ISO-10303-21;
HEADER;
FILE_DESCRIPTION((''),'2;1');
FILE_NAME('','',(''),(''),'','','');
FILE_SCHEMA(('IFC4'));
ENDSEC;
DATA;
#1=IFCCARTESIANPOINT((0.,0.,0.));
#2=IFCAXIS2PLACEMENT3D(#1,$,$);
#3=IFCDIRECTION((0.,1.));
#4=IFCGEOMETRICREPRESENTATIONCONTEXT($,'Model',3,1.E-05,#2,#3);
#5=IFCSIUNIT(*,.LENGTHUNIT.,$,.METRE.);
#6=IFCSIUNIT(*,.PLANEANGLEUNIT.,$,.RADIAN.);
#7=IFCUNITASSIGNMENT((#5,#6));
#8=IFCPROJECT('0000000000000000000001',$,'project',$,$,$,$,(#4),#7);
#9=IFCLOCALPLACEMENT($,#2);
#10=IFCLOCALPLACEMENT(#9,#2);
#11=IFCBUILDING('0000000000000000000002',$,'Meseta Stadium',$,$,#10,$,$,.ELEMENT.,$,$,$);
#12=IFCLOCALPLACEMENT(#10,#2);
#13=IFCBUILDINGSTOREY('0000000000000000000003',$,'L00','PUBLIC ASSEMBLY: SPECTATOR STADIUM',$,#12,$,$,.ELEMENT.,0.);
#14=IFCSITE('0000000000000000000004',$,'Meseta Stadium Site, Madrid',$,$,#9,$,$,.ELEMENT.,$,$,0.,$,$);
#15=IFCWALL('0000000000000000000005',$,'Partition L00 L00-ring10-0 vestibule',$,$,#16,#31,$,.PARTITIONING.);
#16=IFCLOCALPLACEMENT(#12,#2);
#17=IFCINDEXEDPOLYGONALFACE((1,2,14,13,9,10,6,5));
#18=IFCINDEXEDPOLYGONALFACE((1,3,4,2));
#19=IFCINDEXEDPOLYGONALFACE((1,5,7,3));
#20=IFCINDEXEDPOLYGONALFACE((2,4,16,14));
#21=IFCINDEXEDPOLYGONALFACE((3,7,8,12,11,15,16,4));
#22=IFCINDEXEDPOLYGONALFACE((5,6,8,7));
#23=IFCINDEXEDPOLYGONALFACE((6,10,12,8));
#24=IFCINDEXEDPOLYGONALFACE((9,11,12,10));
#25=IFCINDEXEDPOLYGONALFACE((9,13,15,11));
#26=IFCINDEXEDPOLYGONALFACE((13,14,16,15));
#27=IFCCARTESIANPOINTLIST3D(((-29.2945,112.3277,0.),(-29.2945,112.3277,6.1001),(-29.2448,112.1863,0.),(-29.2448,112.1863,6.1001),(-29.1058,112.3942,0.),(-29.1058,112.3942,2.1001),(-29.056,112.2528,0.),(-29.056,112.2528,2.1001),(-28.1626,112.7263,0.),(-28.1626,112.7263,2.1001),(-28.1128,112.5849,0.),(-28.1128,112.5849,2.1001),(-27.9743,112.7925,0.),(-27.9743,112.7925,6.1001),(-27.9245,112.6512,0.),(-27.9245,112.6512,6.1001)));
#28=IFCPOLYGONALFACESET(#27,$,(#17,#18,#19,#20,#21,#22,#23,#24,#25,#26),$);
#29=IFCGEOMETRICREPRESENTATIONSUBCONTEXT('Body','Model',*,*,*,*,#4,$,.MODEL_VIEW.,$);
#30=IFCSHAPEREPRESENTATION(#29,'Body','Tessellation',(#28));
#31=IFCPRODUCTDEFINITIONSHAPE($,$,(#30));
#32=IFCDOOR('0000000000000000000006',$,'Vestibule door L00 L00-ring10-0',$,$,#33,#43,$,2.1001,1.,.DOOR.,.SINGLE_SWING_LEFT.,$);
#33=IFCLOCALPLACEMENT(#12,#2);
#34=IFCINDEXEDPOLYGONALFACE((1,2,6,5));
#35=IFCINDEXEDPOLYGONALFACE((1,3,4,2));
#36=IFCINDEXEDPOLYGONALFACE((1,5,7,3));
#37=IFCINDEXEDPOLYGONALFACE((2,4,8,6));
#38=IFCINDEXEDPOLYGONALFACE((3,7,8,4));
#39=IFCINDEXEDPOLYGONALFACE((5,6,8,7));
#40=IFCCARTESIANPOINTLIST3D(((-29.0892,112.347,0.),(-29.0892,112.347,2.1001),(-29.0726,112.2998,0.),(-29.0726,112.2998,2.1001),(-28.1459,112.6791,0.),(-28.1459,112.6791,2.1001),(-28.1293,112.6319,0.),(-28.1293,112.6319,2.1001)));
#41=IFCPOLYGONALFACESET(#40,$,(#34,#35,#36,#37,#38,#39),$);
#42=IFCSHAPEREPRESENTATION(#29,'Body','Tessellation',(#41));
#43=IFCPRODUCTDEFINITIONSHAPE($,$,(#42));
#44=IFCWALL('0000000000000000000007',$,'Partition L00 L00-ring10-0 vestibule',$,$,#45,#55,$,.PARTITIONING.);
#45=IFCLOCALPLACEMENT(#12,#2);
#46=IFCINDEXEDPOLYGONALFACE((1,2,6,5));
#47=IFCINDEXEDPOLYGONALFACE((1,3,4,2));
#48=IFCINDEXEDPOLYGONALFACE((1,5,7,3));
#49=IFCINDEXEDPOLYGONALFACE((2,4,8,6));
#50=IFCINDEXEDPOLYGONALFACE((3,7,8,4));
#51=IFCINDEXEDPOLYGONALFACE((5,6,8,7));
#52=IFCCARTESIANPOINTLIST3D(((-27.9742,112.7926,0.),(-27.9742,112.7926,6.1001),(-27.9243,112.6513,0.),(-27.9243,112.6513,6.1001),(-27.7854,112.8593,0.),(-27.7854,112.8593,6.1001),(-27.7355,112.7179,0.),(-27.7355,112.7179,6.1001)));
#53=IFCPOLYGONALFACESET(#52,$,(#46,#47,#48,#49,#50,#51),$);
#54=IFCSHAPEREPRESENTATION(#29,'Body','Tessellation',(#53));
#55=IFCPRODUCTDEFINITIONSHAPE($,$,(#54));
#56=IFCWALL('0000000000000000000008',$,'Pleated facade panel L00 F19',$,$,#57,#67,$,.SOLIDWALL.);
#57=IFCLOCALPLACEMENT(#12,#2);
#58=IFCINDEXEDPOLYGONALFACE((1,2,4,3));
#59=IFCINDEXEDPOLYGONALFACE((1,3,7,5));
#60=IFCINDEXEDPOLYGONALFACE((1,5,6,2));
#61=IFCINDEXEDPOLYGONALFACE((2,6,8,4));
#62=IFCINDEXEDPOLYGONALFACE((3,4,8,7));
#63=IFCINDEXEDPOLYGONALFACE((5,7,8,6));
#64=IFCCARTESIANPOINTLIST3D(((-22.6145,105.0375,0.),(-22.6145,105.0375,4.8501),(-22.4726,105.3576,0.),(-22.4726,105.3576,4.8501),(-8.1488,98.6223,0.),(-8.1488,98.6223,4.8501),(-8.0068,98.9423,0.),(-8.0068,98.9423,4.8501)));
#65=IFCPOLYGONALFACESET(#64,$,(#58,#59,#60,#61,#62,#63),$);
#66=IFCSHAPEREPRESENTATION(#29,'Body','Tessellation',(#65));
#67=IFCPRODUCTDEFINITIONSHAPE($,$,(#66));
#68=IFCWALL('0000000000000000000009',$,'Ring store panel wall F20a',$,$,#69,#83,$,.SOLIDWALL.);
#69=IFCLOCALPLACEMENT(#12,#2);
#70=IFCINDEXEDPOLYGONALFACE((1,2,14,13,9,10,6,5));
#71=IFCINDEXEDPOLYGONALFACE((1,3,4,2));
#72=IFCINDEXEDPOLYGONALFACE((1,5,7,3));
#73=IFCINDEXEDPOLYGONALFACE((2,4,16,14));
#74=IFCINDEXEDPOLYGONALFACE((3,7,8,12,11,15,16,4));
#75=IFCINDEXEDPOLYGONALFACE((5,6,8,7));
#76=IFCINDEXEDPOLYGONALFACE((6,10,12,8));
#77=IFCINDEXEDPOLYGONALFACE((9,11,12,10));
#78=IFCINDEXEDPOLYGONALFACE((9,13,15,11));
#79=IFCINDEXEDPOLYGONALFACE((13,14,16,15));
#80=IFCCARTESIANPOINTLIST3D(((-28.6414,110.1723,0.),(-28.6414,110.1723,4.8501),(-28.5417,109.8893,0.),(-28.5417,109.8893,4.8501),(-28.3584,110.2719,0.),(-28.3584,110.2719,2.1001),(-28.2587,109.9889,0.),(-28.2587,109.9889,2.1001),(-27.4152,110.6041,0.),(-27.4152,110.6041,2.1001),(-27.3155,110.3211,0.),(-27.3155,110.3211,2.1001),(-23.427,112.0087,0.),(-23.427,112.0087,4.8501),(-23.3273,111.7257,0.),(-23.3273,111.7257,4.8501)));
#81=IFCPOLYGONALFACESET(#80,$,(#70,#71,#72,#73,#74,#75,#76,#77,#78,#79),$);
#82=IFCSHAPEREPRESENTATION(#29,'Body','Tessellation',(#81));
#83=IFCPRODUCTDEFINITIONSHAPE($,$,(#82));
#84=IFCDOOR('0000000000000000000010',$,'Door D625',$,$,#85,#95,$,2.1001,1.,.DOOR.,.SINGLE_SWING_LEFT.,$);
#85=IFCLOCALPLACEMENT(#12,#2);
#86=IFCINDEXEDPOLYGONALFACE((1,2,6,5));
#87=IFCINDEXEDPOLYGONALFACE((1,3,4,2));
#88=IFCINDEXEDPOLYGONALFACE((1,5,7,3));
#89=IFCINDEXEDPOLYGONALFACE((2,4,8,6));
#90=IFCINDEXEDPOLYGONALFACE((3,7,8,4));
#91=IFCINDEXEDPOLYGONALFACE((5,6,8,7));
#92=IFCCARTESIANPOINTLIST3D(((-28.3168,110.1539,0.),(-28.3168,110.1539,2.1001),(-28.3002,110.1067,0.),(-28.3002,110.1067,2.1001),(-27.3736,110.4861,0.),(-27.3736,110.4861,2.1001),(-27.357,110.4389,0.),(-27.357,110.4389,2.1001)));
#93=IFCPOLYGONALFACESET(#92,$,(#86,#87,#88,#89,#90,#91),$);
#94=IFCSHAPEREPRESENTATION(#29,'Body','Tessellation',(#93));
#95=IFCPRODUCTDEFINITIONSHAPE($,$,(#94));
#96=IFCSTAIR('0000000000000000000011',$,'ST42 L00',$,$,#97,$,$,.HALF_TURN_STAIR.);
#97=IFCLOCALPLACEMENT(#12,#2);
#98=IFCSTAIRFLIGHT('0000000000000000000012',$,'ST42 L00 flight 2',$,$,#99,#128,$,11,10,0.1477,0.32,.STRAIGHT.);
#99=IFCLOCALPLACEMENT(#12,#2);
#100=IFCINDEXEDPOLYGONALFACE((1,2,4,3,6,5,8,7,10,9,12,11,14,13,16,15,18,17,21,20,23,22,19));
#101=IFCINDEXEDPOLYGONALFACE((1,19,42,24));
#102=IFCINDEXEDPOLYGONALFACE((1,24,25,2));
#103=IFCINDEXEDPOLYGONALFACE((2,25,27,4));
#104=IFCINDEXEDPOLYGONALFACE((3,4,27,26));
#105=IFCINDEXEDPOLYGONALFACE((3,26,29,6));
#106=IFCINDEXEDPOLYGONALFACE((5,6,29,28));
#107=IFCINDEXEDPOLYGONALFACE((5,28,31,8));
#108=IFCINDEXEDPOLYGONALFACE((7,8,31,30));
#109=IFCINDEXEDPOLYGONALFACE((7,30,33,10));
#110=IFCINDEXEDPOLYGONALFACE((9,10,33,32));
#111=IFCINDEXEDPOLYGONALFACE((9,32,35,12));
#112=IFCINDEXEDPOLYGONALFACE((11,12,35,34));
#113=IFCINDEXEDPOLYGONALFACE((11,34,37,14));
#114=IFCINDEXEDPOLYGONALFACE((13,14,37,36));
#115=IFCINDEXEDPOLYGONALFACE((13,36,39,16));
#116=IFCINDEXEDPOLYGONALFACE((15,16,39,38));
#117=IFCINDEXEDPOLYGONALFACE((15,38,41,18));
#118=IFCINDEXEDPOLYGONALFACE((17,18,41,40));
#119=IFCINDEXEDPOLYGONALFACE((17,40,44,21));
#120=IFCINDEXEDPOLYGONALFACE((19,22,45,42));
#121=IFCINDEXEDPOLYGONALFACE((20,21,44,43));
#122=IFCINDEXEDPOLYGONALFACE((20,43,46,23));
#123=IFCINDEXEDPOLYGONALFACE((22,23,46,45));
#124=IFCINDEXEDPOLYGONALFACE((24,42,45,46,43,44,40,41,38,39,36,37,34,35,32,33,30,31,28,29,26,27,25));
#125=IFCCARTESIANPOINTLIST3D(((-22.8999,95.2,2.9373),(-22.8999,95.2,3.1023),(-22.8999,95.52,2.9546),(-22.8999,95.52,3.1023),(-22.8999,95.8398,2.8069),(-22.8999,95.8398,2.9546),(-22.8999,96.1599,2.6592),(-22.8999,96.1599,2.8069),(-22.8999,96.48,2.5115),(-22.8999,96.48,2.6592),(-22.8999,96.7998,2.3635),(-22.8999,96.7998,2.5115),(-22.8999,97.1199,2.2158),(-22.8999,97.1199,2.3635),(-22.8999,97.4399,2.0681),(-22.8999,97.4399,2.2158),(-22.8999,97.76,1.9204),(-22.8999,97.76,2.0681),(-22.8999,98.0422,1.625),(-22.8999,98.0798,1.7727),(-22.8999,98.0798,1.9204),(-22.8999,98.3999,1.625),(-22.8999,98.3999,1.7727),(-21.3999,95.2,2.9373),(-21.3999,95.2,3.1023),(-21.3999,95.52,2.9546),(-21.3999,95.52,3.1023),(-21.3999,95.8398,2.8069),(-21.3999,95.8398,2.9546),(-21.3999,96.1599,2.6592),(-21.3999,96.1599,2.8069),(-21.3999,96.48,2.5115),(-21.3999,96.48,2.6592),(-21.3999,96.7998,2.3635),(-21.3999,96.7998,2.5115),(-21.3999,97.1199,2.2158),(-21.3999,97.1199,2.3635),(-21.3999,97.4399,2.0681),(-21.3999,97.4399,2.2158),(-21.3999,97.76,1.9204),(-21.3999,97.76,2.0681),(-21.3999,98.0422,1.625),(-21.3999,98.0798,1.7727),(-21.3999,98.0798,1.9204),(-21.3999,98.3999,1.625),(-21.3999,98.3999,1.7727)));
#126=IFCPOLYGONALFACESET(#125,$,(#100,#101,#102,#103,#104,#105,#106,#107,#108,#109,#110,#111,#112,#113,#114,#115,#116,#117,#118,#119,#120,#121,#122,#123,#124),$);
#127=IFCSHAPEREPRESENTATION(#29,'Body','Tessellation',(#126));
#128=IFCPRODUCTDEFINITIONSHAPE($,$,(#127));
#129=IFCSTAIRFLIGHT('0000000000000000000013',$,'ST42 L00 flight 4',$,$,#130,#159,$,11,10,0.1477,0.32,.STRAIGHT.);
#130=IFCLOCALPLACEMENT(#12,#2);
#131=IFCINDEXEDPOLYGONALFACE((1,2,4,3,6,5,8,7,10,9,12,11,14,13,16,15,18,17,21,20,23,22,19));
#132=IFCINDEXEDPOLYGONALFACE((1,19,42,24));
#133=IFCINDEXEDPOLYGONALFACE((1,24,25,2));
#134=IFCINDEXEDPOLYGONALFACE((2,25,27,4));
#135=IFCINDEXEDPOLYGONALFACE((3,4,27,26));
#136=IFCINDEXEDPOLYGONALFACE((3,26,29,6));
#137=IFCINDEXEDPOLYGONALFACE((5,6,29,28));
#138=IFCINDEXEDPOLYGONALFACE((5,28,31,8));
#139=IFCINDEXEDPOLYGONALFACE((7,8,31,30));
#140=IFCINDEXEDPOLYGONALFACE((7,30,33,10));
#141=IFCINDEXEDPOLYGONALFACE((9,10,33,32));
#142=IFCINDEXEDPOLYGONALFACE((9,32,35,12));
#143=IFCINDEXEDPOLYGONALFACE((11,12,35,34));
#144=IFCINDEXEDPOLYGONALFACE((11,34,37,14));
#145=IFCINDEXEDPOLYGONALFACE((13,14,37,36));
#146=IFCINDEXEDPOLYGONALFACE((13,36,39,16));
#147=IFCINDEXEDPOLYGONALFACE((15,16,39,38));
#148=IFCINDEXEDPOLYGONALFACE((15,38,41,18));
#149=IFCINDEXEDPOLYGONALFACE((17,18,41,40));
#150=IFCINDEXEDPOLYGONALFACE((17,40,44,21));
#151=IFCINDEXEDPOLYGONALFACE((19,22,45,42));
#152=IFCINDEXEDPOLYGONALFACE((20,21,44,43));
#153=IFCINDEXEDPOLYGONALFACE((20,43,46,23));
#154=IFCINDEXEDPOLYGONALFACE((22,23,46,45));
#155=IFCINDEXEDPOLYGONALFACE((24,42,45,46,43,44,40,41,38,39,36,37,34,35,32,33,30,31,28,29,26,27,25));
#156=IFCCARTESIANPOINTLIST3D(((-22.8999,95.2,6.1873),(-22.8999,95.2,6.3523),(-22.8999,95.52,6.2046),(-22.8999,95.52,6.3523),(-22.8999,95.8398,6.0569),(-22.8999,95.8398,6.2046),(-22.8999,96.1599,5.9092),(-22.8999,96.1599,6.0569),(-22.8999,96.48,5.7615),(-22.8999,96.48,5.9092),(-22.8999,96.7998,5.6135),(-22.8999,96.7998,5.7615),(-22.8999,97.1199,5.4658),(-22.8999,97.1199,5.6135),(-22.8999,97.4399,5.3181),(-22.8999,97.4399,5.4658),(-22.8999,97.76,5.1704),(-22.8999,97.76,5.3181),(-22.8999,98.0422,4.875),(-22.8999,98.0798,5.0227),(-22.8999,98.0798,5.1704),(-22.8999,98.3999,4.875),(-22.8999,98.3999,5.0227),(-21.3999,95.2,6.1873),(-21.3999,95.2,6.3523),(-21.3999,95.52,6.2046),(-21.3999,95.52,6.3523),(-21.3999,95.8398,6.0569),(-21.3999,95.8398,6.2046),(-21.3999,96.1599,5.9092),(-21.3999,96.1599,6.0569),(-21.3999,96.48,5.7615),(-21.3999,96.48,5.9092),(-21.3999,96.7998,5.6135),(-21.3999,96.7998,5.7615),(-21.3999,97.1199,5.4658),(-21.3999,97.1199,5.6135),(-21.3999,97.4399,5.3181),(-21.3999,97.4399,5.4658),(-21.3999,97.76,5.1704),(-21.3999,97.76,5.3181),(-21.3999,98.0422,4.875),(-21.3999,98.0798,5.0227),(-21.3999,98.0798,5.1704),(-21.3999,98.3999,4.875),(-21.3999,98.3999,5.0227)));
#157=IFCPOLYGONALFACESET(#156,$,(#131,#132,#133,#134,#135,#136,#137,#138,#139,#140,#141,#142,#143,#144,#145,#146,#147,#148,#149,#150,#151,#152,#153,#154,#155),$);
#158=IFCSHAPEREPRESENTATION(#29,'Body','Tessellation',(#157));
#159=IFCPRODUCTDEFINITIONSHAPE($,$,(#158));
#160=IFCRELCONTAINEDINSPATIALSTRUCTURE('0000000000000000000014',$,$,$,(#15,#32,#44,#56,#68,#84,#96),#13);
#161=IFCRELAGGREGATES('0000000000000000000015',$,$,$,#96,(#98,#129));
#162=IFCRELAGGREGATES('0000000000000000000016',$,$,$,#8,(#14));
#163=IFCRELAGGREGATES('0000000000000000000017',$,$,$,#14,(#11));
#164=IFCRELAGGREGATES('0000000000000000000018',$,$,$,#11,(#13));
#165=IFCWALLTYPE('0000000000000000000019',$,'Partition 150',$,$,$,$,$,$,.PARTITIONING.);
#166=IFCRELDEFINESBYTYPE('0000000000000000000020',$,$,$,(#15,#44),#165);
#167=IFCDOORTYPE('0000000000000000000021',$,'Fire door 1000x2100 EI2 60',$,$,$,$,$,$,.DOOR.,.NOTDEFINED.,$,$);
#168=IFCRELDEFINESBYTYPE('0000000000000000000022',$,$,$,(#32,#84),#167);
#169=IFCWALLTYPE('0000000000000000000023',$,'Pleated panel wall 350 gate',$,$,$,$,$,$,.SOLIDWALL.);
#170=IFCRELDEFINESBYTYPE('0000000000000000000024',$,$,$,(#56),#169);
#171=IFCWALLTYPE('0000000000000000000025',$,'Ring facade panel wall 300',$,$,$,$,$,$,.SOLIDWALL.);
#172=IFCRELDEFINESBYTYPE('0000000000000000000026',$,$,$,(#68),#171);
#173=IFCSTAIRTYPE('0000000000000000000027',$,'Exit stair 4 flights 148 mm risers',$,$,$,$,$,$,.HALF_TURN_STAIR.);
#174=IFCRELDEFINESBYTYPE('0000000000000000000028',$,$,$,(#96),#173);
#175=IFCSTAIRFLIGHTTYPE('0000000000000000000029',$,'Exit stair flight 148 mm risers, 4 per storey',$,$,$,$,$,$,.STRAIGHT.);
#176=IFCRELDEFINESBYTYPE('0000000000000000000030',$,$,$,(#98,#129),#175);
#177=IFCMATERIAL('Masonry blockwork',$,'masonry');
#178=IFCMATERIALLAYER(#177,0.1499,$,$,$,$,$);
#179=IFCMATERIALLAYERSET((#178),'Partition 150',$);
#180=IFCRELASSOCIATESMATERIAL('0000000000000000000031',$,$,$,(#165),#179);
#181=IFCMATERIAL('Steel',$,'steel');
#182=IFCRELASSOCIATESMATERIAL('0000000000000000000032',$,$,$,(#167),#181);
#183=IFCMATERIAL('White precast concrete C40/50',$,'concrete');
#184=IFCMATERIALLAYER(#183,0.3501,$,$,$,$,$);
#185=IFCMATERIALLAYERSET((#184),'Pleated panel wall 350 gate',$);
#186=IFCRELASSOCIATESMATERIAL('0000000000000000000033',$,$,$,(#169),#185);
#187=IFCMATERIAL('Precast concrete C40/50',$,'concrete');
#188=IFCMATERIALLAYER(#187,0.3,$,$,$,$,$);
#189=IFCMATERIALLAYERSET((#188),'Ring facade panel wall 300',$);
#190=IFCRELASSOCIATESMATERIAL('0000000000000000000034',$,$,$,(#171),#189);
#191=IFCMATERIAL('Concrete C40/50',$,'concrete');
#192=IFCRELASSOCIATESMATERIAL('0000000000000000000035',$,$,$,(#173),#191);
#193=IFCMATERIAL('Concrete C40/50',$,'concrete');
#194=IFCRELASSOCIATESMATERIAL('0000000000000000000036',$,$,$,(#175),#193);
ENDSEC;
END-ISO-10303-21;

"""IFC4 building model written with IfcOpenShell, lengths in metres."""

from ifc_helpers import new_model, si_unit, direction, frame, frame_2d, origin, place, context, subcontext, project, spatial, polyline, rectangle, outline, extrude, material, layer, layer_set, type_object, element, fill, aggregate, save


model = new_model("IFC4")

# Units and contexts
model_context = context("Model", 3, precision=1e-05, world=origin(), true_north=direction((0.0, 1.0)))
body_context = subcontext(model_context, "Body", "Model", "MODEL_VIEW")
ifc_project = project(units=[si_unit("LENGTHUNIT", "METRE"), si_unit("PLANEANGLEUNIT", "RADIAN")], contexts=[model_context])

# Site, building, storey
site_placement = place(None, origin())
site = spatial("IfcSite", under=ifc_project, at=site_placement, Name="Meseta Stadium Site, Madrid", CompositionType="ELEMENT", RefElevation=0.0)
building_placement = place(site_placement, origin())
building = spatial("IfcBuilding", under=site, at=building_placement, Name="Meseta Stadium", CompositionType="ELEMENT")
storey_placement = place(building_placement, origin())
storey = spatial("IfcBuildingStorey", under=building, at=storey_placement, Name="L00", Description="PUBLIC ASSEMBLY: SPECTATOR STADIUM", CompositionType="ELEMENT", Elevation=0.0)

# Shared definitions
ifc_material_1 = material(Name="Masonry blockwork", Category="masonry")
ifc_layer_1 = layer(ifc_material_1, 0.1499)
ifc_layer_set_1 = layer_set([ifc_layer_1], Name="Partition 150")
wall_type_1 = type_object("IfcWallType", Name="Partition 150", PredefinedType="PARTITIONING", material=ifc_layer_set_1)

# Wall, opening, door
wall_1_placement = place(storey_placement, frame((-29.2695, 112.2571, 0.0), z_axis=(0.0, 0.0, 1.0), x_axis=(0.943248, 0.33209, 0.0)))
wall_1 = element("IfcWall", 1, at=wall_1_placement, inside=storey, type_object=wall_type_1, Name="Partition L00 L00-ring10-0 vestibule", PredefinedType="PARTITIONING", context=body_context, shape_type="SweptSolid", body=[
    extrude(rectangle(XDim=1.3997, YDim=0.1499, at=frame_2d((0.6997, 0.0))), origin(), (0.0, 0.0, 1.0), 6.1001),
])
opening_1_placement = place(wall_1_placement, frame((0.2, 0.0, 0.0)))
opening_1 = element("IfcOpeningElement", 2, at=opening_1_placement, cuts=wall_1, PredefinedType="OPENING", context=body_context, shape_type="SweptSolid", body=[
    extrude(rectangle(XDim=1.0, YDim=2.1001, at=frame_2d((0.5, 1.05))), frame((0.0, 0.085, 0.0), z_axis=(0.0, -1.0, 0.0), x_axis=(1.0, 0.0, 0.0)), (0.0, 0.0, 1.0), 0.1699),
])
ifc_material_2 = material(Name="Steel", Category="steel")
door_type = type_object("IfcDoorType", Name="Fire door 1000x2100 EI2 60", OperationType="NOTDEFINED", PredefinedType="DOOR", material=ifc_material_2)
door_1_placement = place(opening_1_placement, origin())
door_1 = element("IfcDoor", 3, at=door_1_placement, inside=storey, type_object=door_type, Name="Vestibule door L00 L00-ring10-0", OperationType="SINGLE_SWING_LEFT", OverallHeight=2.1001, OverallWidth=1.0, PredefinedType="DOOR", context=body_context, shape_type="SweptSolid", body=[
    extrude(rectangle(XDim=1.0, YDim=2.1001, at=frame_2d((0.5, 1.05))), frame((0.0, 0.0249, 0.0), z_axis=(0.0, -1.0, 0.0), x_axis=(1.0, 0.0, 0.0)), (0.0, 0.0, 1.0), 0.05),
])
fill(opening_1, door_1)

# Walls
wall_2_placement = place(storey_placement, frame((-27.9492, 112.7219, 0.0), z_axis=(0.0, 0.0, 1.0), x_axis=(0.942923, 0.333012, 0.0)))
element("IfcWall", 4, at=wall_2_placement, inside=storey, type_object=wall_type_1, Name="Partition L00 L00-ring10-0 vestibule", PredefinedType="PARTITIONING", context=body_context, shape_type="SweptSolid", body=[
    extrude(rectangle(XDim=0.2002, YDim=0.1499, at=frame_2d((0.1001, 0.0))), origin(), (0.0, 0.0, 1.0), 6.1001),
])
ifc_material_3 = material(Name="White precast concrete C40/50", Category="concrete")
ifc_layer_2 = layer(ifc_material_3, 0.3501)
ifc_layer_set_2 = layer_set([ifc_layer_2], Name="Pleated panel wall 350 gate")
wall_type_2 = type_object("IfcWallType", Name="Pleated panel wall 350 gate", PredefinedType="SOLIDWALL", material=ifc_layer_set_2)
wall_3_placement = place(storey_placement, frame((-22.5435, 105.1975, 0.0), z_axis=(0.0, 0.0, 1.0), x_axis=(0.914139, -0.405401, 0.0)))
element("IfcWall", 5, at=wall_3_placement, inside=storey, type_object=wall_type_2, Name="Pleated facade panel L00 F19", PredefinedType="SOLIDWALL", context=body_context, shape_type="SweptSolid", body=[
    extrude(rectangle(XDim=15.8245, YDim=0.3501, at=frame_2d((7.9121, 0.0))), origin(), (0.0, 0.0, 1.0), 4.8501),
])

# Wall, opening, door
ifc_material_4 = material(Name="Precast concrete C40/50", Category="concrete")
ifc_layer_3 = layer(ifc_material_4, 0.3)
ifc_layer_set_3 = layer_set([ifc_layer_3], Name="Ring facade panel wall 300")
wall_type_3 = type_object("IfcWallType", Name="Ring facade panel wall 300", PredefinedType="SOLIDWALL", material=ifc_layer_set_3)
wall_4_placement = place(storey_placement, frame((-28.5916, 110.0308, 0.0), z_axis=(0.0, 0.0, 1.0), x_axis=(0.943214, 0.332187, 0.0)))
wall_4 = element("IfcWall", 6, at=wall_4_placement, inside=storey, type_object=wall_type_3, Name="Ring store panel wall F20a", PredefinedType="SOLIDWALL", context=body_context, shape_type="SweptSolid", body=[
    extrude(rectangle(XDim=5.5283, YDim=0.3, at=frame_2d((2.7642, 0.0))), origin(), (0.0, 0.0, 1.0), 4.8501),
])
opening_2_placement = place(wall_4_placement, frame((0.3, 0.0, 0.0)))
opening_2 = element("IfcOpeningElement", 7, at=opening_2_placement, cuts=wall_4, PredefinedType="OPENING", context=body_context, shape_type="SweptSolid", body=[
    extrude(rectangle(XDim=1.0, YDim=2.1001, at=frame_2d((0.5, 1.05))), frame((0.0, 0.1599, 0.0), z_axis=(0.0, -1.0, 0.0), x_axis=(1.0, 0.0, 0.0)), (0.0, 0.0, 1.0), 0.3201),
])
door_2_placement = place(opening_2_placement, origin())
door_2 = element("IfcDoor", 8, at=door_2_placement, inside=storey, type_object=door_type, Name="Door D625", OperationType="SINGLE_SWING_LEFT", OverallHeight=2.1001, OverallWidth=1.0, PredefinedType="DOOR", context=body_context, shape_type="SweptSolid", body=[
    extrude(rectangle(XDim=1.0, YDim=2.1001, at=frame_2d((0.5, 1.05))), frame((0.0, 0.0249, 0.0), z_axis=(0.0, -1.0, 0.0), x_axis=(1.0, 0.0, 0.0)), (0.0, 0.0, 1.0), 0.05),
])
fill(opening_2, door_2)

# Stair, stair flights
ifc_material_5 = material(Name="Concrete C40/50", Category="concrete")
stair_type = type_object("IfcStairType", Name="Exit stair 4 flights 148 mm risers", PredefinedType="HALF_TURN_STAIR", material=ifc_material_5)
stair_placement = place(storey_placement, origin())
stair = element("IfcStair", 9, at=stair_placement, inside=storey, type_object=stair_type, Name="ST42 L00", PredefinedType="HALF_TURN_STAIR")
ifc_material_6 = material(Name="Concrete C40/50", Category="concrete")
stair_flight_type = type_object("IfcStairFlightType", Name="Exit stair flight 148 mm risers, 4 per storey", PredefinedType="STRAIGHT", material=ifc_material_6)
stair_flight_1_placement = place(storey_placement, frame((-22.1499, 98.3999, 1.625), z_axis=(0.0, 0.0, 1.0), x_axis=(0.0, -1.0, 0.0)))
stair_flight_1 = element("IfcStairFlight", 10, at=stair_flight_1_placement, type_object=stair_flight_type, Name="ST42 L00 flight 2", NumberOfRisers=11, NumberOfTreads=10, PredefinedType="STRAIGHT", RiserHeight=0.1477, TreadLength=0.32, context=body_context, shape_type="SweptSolid", body=[
    extrude(outline(polyline([(0.0, 0.0), (0.0, 0.1477), (0.3201, 0.1477), (0.3201, 0.2954), (0.6399, 0.2954), (0.6399, 0.4431), (0.96, 0.4431), (0.96, 0.5908), (1.28, 0.5908), (1.28, 0.7385), (1.6001, 0.7385), (1.6001, 0.8865), (1.9199, 0.8865), (1.9199, 1.0342), (2.24, 1.0342), (2.24, 1.1819), (2.5601, 1.1819), (2.5601, 1.3296), (2.8799, 1.3296), (2.8799, 1.4773), (3.2, 1.4773), (3.2, 1.3123), (0.3577, 0.0), (0.0, 0.0)])), frame((0.0, 0.75, 0.0), z_axis=(0.0, -1.0, 0.0), x_axis=(1.0, 0.0, 0.0)), (0.0, 0.0, 1.0), 1.5),
])
stair_flight_2_placement = place(storey_placement, frame((-22.1499, 98.3999, 4.875), z_axis=(0.0, 0.0, 1.0), x_axis=(0.0, -1.0, 0.0)))
stair_flight_2 = element("IfcStairFlight", 11, at=stair_flight_2_placement, type_object=stair_flight_type, Name="ST42 L00 flight 4", NumberOfRisers=11, NumberOfTreads=10, PredefinedType="STRAIGHT", RiserHeight=0.1477, TreadLength=0.32, context=body_context, shape_type="SweptSolid", body=[
    extrude(outline(polyline([(0.0, 0.0), (0.0, 0.1477), (0.3201, 0.1477), (0.3201, 0.2954), (0.6399, 0.2954), (0.6399, 0.4431), (0.96, 0.4431), (0.96, 0.5908), (1.28, 0.5908), (1.28, 0.7385), (1.6001, 0.7385), (1.6001, 0.8865), (1.9199, 0.8865), (1.9199, 1.0342), (2.24, 1.0342), (2.24, 1.1819), (2.5601, 1.1819), (2.5601, 1.3296), (2.8799, 1.3296), (2.8799, 1.4773), (3.2, 1.4773), (3.2, 1.3123), (0.3577, 0.0), (0.0, 0.0)])), frame((0.0, 0.75, 0.0), z_axis=(0.0, -1.0, 0.0), x_axis=(1.0, 0.0, 0.0)), (0.0, 0.0, 1.0), 1.5),
])
aggregate(stair, [stair_flight_1, stair_flight_2])

save(model, "model.ifc")
